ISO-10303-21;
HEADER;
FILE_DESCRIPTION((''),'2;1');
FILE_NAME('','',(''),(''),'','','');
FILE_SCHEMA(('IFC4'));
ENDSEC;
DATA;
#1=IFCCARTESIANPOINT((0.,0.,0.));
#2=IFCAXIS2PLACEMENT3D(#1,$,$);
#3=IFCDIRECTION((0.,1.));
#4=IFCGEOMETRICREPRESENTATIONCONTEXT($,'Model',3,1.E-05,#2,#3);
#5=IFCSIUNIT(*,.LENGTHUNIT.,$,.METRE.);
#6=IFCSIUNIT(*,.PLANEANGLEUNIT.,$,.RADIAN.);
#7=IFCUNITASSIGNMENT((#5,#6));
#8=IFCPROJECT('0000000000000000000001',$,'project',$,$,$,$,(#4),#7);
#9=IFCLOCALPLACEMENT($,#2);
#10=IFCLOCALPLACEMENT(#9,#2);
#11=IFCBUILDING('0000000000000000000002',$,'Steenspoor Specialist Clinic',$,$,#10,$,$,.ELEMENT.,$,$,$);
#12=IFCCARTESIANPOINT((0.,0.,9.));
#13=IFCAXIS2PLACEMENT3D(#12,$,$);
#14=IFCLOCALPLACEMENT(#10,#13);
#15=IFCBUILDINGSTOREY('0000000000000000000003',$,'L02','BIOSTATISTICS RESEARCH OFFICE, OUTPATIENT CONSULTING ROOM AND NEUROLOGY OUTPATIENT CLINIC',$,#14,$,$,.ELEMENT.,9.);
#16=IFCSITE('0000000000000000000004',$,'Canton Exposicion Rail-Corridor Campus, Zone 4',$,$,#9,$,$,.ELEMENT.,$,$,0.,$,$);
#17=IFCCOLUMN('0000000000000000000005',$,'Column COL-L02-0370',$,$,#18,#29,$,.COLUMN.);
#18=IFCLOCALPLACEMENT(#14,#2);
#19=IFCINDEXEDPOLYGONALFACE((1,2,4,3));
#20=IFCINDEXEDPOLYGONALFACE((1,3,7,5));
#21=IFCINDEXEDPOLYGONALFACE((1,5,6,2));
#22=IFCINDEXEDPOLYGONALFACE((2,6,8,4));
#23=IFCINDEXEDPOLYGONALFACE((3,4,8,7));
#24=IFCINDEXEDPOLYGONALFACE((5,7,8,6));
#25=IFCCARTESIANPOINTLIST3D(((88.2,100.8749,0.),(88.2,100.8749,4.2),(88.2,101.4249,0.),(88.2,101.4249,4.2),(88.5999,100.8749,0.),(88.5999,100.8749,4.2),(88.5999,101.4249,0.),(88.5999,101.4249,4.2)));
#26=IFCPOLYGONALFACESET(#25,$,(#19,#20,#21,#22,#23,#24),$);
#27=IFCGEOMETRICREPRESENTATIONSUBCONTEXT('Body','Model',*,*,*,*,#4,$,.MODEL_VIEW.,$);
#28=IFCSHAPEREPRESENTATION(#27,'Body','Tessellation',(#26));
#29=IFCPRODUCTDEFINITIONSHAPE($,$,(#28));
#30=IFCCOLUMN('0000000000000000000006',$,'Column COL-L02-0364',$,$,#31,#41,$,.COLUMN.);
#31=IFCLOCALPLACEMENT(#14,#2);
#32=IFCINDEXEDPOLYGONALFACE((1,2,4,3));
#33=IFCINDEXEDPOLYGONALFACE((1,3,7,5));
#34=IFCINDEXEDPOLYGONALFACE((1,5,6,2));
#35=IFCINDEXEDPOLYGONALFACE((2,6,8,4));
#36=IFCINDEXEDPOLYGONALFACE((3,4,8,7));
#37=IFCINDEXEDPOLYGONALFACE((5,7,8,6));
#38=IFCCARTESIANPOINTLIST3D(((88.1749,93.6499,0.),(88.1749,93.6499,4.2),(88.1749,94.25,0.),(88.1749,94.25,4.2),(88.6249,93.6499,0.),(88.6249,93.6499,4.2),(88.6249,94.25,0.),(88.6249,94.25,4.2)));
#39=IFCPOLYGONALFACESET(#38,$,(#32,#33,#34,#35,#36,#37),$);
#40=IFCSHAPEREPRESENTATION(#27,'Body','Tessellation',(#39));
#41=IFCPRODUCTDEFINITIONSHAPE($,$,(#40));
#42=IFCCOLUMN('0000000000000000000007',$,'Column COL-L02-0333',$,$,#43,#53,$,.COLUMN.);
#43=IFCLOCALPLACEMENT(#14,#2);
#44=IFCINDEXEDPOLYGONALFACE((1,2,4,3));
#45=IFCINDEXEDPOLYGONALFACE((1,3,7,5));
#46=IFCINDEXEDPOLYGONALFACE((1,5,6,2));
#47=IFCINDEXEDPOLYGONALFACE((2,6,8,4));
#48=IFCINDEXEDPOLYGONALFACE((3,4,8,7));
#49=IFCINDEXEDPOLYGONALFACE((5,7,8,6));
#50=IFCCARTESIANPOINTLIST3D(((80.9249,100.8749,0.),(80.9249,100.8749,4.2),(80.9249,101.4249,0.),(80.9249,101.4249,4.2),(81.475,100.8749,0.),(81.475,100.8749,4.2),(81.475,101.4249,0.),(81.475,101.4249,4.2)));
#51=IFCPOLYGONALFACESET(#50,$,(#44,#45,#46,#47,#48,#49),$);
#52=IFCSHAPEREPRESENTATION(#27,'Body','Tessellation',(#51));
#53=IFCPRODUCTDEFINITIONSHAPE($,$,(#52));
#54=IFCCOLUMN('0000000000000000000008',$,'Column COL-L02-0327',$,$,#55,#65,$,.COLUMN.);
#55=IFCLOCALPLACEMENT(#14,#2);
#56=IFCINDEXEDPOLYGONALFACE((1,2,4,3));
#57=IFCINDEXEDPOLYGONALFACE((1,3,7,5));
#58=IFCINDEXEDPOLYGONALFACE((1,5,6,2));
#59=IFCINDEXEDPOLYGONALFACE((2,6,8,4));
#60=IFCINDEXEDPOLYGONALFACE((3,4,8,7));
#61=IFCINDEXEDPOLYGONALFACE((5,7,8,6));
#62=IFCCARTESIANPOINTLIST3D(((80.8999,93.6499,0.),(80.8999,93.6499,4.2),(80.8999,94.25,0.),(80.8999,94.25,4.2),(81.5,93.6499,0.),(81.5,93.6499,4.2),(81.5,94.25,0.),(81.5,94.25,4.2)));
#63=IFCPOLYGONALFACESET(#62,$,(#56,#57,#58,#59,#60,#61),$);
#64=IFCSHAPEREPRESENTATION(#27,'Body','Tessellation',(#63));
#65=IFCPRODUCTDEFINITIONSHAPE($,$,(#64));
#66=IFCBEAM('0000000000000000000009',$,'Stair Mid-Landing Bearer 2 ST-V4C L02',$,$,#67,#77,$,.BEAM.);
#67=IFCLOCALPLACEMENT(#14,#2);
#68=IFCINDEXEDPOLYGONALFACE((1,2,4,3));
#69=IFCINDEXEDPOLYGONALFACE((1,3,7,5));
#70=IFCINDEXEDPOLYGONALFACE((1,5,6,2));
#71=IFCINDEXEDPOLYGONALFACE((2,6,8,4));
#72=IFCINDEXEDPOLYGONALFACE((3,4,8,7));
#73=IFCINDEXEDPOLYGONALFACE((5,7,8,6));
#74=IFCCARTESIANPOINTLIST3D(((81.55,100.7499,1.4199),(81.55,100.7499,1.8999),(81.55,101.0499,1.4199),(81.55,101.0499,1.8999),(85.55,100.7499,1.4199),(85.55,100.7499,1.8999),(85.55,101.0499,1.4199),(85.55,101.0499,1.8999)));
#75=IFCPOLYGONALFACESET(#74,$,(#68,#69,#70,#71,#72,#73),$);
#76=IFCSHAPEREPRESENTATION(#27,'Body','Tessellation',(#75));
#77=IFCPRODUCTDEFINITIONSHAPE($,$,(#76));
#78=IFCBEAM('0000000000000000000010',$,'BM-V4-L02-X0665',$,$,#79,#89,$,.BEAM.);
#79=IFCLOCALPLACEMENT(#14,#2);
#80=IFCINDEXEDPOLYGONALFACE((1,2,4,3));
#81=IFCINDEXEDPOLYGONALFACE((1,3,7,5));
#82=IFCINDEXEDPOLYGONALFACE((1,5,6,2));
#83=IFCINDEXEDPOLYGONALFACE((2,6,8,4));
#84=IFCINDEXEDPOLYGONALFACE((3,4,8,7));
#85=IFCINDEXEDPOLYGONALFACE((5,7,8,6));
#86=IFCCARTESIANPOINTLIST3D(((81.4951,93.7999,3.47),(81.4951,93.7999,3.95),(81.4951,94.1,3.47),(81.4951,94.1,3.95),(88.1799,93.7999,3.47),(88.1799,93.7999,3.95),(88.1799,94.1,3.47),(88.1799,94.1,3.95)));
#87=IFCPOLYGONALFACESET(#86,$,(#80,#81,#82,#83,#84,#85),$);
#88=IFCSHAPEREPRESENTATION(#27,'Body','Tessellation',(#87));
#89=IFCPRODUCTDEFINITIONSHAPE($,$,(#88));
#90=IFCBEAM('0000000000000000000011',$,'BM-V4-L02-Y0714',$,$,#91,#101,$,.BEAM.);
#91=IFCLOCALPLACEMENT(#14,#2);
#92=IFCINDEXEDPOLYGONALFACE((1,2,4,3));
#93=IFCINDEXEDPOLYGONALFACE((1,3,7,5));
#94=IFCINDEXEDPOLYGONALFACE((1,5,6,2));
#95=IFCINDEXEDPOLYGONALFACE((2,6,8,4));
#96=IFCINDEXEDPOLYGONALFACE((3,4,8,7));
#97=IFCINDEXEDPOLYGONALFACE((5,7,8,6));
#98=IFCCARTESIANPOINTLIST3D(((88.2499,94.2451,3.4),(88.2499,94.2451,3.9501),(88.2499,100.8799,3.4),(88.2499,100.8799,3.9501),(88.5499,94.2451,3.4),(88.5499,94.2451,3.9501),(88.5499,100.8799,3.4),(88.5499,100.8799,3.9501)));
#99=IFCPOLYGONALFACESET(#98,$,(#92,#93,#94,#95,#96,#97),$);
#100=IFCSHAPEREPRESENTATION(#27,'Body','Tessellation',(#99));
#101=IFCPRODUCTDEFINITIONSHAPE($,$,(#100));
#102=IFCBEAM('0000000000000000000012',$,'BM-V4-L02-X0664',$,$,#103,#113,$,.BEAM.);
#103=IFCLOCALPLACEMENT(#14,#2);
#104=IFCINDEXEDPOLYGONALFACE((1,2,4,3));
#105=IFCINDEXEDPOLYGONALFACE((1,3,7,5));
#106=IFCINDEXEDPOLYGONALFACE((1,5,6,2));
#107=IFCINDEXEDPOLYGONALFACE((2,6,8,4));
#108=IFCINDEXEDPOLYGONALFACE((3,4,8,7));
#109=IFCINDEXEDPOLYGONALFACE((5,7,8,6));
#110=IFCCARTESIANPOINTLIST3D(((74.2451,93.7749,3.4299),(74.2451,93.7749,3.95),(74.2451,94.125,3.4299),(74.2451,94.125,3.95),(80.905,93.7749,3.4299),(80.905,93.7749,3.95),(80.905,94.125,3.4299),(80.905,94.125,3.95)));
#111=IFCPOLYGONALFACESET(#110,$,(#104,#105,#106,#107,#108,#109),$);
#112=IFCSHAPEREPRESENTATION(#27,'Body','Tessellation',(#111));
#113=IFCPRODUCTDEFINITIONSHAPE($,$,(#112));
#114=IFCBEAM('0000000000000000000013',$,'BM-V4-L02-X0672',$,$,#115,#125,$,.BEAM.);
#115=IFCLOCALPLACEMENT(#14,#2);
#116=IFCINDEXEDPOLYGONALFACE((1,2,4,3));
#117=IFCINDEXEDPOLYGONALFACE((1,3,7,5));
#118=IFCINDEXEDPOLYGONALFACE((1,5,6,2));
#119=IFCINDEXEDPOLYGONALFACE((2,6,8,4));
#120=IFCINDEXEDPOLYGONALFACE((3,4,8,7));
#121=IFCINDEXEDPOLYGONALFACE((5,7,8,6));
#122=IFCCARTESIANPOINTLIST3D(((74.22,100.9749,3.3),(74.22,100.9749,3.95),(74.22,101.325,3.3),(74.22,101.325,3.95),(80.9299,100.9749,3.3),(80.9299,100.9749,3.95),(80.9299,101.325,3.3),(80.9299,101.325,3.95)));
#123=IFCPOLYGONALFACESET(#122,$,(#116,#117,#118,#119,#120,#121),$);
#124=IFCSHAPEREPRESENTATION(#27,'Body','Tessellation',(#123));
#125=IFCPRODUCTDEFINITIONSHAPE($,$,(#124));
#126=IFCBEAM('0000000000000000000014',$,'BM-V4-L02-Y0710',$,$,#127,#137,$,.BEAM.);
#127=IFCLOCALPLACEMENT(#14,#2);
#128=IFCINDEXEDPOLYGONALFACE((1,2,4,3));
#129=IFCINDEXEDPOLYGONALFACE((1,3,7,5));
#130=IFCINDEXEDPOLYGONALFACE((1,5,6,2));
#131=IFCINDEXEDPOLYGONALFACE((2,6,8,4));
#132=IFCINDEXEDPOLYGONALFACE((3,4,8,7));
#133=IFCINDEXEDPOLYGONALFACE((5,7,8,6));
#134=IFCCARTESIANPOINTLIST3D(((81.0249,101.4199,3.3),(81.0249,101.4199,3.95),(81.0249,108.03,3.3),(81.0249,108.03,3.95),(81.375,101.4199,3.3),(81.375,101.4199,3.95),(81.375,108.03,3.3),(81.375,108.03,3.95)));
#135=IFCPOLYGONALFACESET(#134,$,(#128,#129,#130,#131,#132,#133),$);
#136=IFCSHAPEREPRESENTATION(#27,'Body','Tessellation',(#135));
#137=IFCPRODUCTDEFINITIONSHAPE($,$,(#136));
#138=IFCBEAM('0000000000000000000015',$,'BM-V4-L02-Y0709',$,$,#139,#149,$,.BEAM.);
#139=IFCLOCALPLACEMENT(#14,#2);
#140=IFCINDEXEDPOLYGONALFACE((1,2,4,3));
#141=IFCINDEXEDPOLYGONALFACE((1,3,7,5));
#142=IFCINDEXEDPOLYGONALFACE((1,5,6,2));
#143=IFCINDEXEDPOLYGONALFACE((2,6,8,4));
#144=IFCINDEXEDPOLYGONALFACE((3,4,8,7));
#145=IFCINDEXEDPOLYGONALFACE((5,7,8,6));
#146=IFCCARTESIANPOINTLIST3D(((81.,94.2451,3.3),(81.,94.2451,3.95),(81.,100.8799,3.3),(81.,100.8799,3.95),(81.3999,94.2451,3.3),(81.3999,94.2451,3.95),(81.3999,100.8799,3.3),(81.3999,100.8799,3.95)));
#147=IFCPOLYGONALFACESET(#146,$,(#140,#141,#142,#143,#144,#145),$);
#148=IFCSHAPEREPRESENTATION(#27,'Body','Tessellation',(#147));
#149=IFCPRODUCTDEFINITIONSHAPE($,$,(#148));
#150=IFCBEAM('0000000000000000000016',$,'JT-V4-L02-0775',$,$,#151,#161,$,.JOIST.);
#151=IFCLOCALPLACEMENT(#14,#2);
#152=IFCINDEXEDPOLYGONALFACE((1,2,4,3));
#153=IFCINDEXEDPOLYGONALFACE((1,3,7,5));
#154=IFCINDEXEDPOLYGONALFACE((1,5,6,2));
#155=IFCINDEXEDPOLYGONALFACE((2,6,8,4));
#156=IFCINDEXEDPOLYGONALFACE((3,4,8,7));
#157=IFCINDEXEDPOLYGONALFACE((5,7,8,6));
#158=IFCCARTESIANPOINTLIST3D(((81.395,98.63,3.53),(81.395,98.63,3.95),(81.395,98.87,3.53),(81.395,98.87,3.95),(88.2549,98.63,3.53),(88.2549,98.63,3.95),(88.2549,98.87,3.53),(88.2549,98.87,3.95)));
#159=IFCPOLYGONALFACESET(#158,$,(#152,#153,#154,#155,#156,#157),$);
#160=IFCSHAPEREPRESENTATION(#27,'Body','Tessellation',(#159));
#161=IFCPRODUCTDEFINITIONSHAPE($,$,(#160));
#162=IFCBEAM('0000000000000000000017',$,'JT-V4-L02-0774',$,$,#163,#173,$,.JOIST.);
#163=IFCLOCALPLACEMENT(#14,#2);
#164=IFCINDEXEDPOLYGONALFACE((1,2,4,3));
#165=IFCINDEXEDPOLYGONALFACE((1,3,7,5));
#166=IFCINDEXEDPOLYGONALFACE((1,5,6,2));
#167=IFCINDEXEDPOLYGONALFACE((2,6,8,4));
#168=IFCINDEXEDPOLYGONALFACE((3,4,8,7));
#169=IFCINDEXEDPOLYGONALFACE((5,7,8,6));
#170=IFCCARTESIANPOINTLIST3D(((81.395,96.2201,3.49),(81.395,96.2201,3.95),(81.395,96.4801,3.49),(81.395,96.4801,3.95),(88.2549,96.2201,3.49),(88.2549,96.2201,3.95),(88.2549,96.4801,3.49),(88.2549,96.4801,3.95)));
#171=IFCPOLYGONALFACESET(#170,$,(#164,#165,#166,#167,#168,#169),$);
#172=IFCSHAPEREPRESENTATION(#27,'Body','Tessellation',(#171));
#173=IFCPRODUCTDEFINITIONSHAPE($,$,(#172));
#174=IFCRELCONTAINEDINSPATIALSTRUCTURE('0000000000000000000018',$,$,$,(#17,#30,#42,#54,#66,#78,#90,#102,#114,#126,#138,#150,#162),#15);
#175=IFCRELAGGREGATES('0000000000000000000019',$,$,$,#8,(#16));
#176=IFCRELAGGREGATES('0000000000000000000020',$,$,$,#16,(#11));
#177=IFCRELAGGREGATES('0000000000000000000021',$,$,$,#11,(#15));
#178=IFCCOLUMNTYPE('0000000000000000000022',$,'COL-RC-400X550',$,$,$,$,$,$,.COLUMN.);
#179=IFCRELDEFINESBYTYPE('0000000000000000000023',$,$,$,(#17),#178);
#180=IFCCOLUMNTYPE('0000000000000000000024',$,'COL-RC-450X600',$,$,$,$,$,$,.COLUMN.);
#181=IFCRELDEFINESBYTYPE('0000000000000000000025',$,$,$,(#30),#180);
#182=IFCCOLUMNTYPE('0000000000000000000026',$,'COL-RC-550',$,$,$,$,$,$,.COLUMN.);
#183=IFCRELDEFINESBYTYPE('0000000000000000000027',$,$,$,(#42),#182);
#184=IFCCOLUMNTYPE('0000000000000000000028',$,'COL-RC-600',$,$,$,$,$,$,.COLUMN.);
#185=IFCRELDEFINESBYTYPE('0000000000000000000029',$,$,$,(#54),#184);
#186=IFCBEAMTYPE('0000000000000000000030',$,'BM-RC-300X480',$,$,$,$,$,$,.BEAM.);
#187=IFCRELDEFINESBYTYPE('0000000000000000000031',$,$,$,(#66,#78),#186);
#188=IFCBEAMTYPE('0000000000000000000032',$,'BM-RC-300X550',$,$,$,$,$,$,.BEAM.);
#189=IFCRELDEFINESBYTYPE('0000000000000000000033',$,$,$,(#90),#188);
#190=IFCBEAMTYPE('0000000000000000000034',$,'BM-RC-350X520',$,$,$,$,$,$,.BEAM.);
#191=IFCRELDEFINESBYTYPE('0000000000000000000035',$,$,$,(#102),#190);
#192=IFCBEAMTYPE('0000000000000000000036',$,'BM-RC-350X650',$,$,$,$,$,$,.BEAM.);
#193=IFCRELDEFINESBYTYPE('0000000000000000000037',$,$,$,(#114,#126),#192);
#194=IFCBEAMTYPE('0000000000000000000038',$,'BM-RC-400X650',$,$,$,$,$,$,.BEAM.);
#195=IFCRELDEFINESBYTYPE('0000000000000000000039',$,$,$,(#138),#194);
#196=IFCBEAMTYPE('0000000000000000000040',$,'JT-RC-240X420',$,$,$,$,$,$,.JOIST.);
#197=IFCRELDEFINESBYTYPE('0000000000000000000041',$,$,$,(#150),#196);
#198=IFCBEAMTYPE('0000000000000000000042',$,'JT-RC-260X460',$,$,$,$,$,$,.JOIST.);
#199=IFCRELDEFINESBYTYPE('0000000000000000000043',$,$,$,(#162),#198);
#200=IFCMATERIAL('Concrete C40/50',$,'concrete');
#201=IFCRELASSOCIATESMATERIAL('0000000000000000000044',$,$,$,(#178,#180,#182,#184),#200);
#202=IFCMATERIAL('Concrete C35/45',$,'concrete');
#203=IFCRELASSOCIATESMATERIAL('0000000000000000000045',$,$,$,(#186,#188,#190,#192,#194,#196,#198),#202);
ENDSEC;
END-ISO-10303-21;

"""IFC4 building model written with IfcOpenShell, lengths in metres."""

from ifc_helpers import new_model, si_unit, direction, frame, origin, origin_2d, place, context, subcontext, project, spatial, rectangle, extrude, material, material_profile, profile_set, type_object, element, save


model = new_model("IFC4")

# Units and contexts
model_context = context("Model", 3, precision=1e-05, world=origin(), true_north=direction((0.0, 1.0)))
body_context = subcontext(model_context, "Body", "Model", "MODEL_VIEW")
ifc_project = project(units=[si_unit("LENGTHUNIT", "METRE"), si_unit("PLANEANGLEUNIT", "RADIAN")], contexts=[model_context])

# Site, building, storey
site_placement = place(None, origin())
site = spatial("IfcSite", under=ifc_project, at=site_placement, Name="Canton Exposicion Rail-Corridor Campus, Zone 4", CompositionType="ELEMENT", RefElevation=0.0)
building_placement = place(site_placement, origin())
building = spatial("IfcBuilding", under=site, at=building_placement, Name="Steenspoor Specialist Clinic", CompositionType="ELEMENT")
storey_placement = place(building_placement, frame((0.0, 0.0, 9.0)))
storey = spatial("IfcBuildingStorey", under=building, at=storey_placement, Name="L02", Description="BIOSTATISTICS RESEARCH OFFICE, OUTPATIENT CONSULTING ROOM AND NEUROLOGY OUTPATIENT CLINIC", CompositionType="ELEMENT", Elevation=9.0)

# Columns
ifc_material_1 = material(Name="Concrete C40/50", Category="concrete")
ifc_material_profile_1 = material_profile(ifc_material_1, rectangle(XDim=0.3999, YDim=0.55, at=origin_2d()), Name="RC-COL-400X550")
ifc_profile_set_1 = profile_set([ifc_material_profile_1], Name="Concrete C40/50")
column_type_1 = type_object("IfcColumnType", Name="COL-RC-400X550", PredefinedType="COLUMN", material=ifc_profile_set_1)
column_1_placement = place(storey_placement, frame((88.3999, 101.1499, 0.0), z_axis=(0.0, 0.0, 1.0), x_axis=(1.0, 0.0, 0.0)))
element("IfcColumn", 1, at=column_1_placement, inside=storey, type_object=column_type_1, Name="Column COL-L02-0370", PredefinedType="COLUMN", context=body_context, shape_type="SweptSolid", body=[
    extrude(rectangle(XDim=0.3999, YDim=0.55, at=origin_2d()), origin(), (0.0, 0.0, 1.0), 4.2),
])
ifc_material_profile_2 = material_profile(ifc_material_1, rectangle(XDim=0.45, YDim=0.6001, at=origin_2d()), Name="RC-COL-450X600")
ifc_profile_set_2 = profile_set([ifc_material_profile_2], Name="Concrete C40/50")
column_type_2 = type_object("IfcColumnType", Name="COL-RC-450X600", PredefinedType="COLUMN", material=ifc_profile_set_2)
column_2_placement = place(storey_placement, frame((88.3999, 93.95, 0.0), z_axis=(0.0, 0.0, 1.0), x_axis=(1.0, 0.0, 0.0)))
element("IfcColumn", 2, at=column_2_placement, inside=storey, type_object=column_type_2, Name="Column COL-L02-0364", PredefinedType="COLUMN", context=body_context, shape_type="SweptSolid", body=[
    extrude(rectangle(XDim=0.45, YDim=0.6001, at=origin_2d()), origin(), (0.0, 0.0, 1.0), 4.2),
])
ifc_material_profile_3 = material_profile(ifc_material_1, rectangle(XDim=0.55, YDim=0.55, at=origin_2d()), Name="RC-COL-550X550")
ifc_profile_set_3 = profile_set([ifc_material_profile_3], Name="Concrete C40/50")
column_type_3 = type_object("IfcColumnType", Name="COL-RC-550", PredefinedType="COLUMN", material=ifc_profile_set_3)
column_3_placement = place(storey_placement, frame((81.2, 101.1499, 0.0), z_axis=(0.0, 0.0, 1.0), x_axis=(1.0, 0.0, 0.0)))
element("IfcColumn", 3, at=column_3_placement, inside=storey, type_object=column_type_3, Name="Column COL-L02-0333", PredefinedType="COLUMN", context=body_context, shape_type="SweptSolid", body=[
    extrude(rectangle(XDim=0.55, YDim=0.55, at=origin_2d()), origin(), (0.0, 0.0, 1.0), 4.2),
])
ifc_material_profile_4 = material_profile(ifc_material_1, rectangle(XDim=0.6001, YDim=0.6001, at=origin_2d()), Name="RC-COL-600X600")
ifc_profile_set_4 = profile_set([ifc_material_profile_4], Name="Concrete C40/50")
column_type_4 = type_object("IfcColumnType", Name="COL-RC-600", PredefinedType="COLUMN", material=ifc_profile_set_4)
column_4_placement = place(storey_placement, frame((81.2, 93.95, 0.0), z_axis=(0.0, 0.0, 1.0), x_axis=(1.0, 0.0, 0.0)))
element("IfcColumn", 4, at=column_4_placement, inside=storey, type_object=column_type_4, Name="Column COL-L02-0327", PredefinedType="COLUMN", context=body_context, shape_type="SweptSolid", body=[
    extrude(rectangle(XDim=0.6001, YDim=0.6001, at=origin_2d()), origin(), (0.0, 0.0, 1.0), 4.2),
])

# Beams
ifc_material_2 = material(Name="Concrete C35/45", Category="concrete")
ifc_material_profile_5 = material_profile(ifc_material_2, rectangle(XDim=0.3, YDim=0.48, at=origin_2d()), Name="RC-BM-300X480")
ifc_profile_set_5 = profile_set([ifc_material_profile_5], Name="Concrete C35/45")
beam_type_1 = type_object("IfcBeamType", Name="BM-RC-300X480", PredefinedType="BEAM", material=ifc_profile_set_5)
beam_1_placement = place(storey_placement, frame((81.55, 100.8999, 1.6599), z_axis=(1.0, 0.0, 0.0), x_axis=(0.0, 1.0, 0.0)))
element("IfcBeam", 5, at=beam_1_placement, inside=storey, type_object=beam_type_1, Name="Stair Mid-Landing Bearer 2 ST-V4C L02", PredefinedType="BEAM", context=body_context, shape_type="SweptSolid", body=[
    extrude(rectangle(XDim=0.3, YDim=0.48, at=origin_2d()), origin(), (0.0, 0.0, 1.0), 4.0),
])
beam_2_placement = place(storey_placement, frame((81.4951, 93.95, 3.71), z_axis=(1.0, 0.0, 0.0), x_axis=(0.0, 1.0, 0.0)))
element("IfcBeam", 6, at=beam_2_placement, inside=storey, type_object=beam_type_1, Name="BM-V4-L02-X0665", PredefinedType="BEAM", context=body_context, shape_type="SweptSolid", body=[
    extrude(rectangle(XDim=0.3, YDim=0.48, at=origin_2d()), origin(), (0.0, 0.0, 1.0), 6.6848),
])
ifc_material_profile_6 = material_profile(ifc_material_2, rectangle(XDim=0.3, YDim=0.55, at=origin_2d()), Name="RC-BM-300X550")
ifc_profile_set_6 = profile_set([ifc_material_profile_6], Name="Concrete C35/45")
beam_type_2 = type_object("IfcBeamType", Name="BM-RC-300X550", PredefinedType="BEAM", material=ifc_profile_set_6)
beam_3_placement = place(storey_placement, frame((88.3999, 94.2451, 3.675), z_axis=(0.0, 1.0, 0.0), x_axis=(-1.0, 0.0, 0.0)))
element("IfcBeam", 7, at=beam_3_placement, inside=storey, type_object=beam_type_2, Name="BM-V4-L02-Y0714", PredefinedType="BEAM", context=body_context, shape_type="SweptSolid", body=[
    extrude(rectangle(XDim=0.3, YDim=0.55, at=origin_2d()), origin(), (0.0, 0.0, 1.0), 6.6348),
])
ifc_material_profile_7 = material_profile(ifc_material_2, rectangle(XDim=0.3501, YDim=0.52, at=origin_2d()), Name="RC-BM-350X520")
ifc_profile_set_7 = profile_set([ifc_material_profile_7], Name="Concrete C35/45")
beam_type_3 = type_object("IfcBeamType", Name="BM-RC-350X520", PredefinedType="BEAM", material=ifc_profile_set_7)
beam_4_placement = place(storey_placement, frame((74.2451, 93.95, 3.6899), z_axis=(1.0, 0.0, 0.0), x_axis=(0.0, 1.0, 0.0)))
element("IfcBeam", 8, at=beam_4_placement, inside=storey, type_object=beam_type_3, Name="BM-V4-L02-X0664", PredefinedType="BEAM", context=body_context, shape_type="SweptSolid", body=[
    extrude(rectangle(XDim=0.3501, YDim=0.52, at=origin_2d()), origin(), (0.0, 0.0, 1.0), 6.6599),
])
ifc_material_profile_8 = material_profile(ifc_material_2, rectangle(XDim=0.3501, YDim=0.6499, at=origin_2d()), Name="RC-BM-350X650")
ifc_profile_set_8 = profile_set([ifc_material_profile_8], Name="Concrete C35/45")
beam_type_4 = type_object("IfcBeamType", Name="BM-RC-350X650", PredefinedType="BEAM", material=ifc_profile_set_8)
beam_5_placement = place(storey_placement, frame((74.22, 101.1499, 3.625), z_axis=(1.0, 0.0, 0.0), x_axis=(0.0, 1.0, 0.0)))
element("IfcBeam", 9, at=beam_5_placement, inside=storey, type_object=beam_type_4, Name="BM-V4-L02-X0672", PredefinedType="BEAM", context=body_context, shape_type="SweptSolid", body=[
    extrude(rectangle(XDim=0.3501, YDim=0.6499, at=origin_2d()), origin(), (0.0, 0.0, 1.0), 6.71),
])
beam_6_placement = place(storey_placement, frame((81.2, 101.4199, 3.625), z_axis=(0.0, 1.0, 0.0), x_axis=(-1.0, 0.0, 0.0)))
element("IfcBeam", 10, at=beam_6_placement, inside=storey, type_object=beam_type_4, Name="BM-V4-L02-Y0710", PredefinedType="BEAM", context=body_context, shape_type="SweptSolid", body=[
    extrude(rectangle(XDim=0.3501, YDim=0.6499, at=origin_2d()), origin(), (0.0, 0.0, 1.0), 6.6101),
])
ifc_material_profile_9 = material_profile(ifc_material_2, rectangle(XDim=0.3999, YDim=0.6499, at=origin_2d()), Name="RC-BM-400X650")
ifc_profile_set_9 = profile_set([ifc_material_profile_9], Name="Concrete C35/45")
beam_type_5 = type_object("IfcBeamType", Name="BM-RC-400X650", PredefinedType="BEAM", material=ifc_profile_set_9)
beam_7_placement = place(storey_placement, frame((81.2, 94.2451, 3.625), z_axis=(0.0, 1.0, 0.0), x_axis=(-1.0, 0.0, 0.0)))
element("IfcBeam", 11, at=beam_7_placement, inside=storey, type_object=beam_type_5, Name="BM-V4-L02-Y0709", PredefinedType="BEAM", context=body_context, shape_type="SweptSolid", body=[
    extrude(rectangle(XDim=0.3999, YDim=0.6499, at=origin_2d()), origin(), (0.0, 0.0, 1.0), 6.6348),
])
ifc_material_profile_10 = material_profile(ifc_material_2, rectangle(XDim=0.24, YDim=0.4199, at=origin_2d()), Name="RC-JT-240X420")
ifc_profile_set_10 = profile_set([ifc_material_profile_10], Name="Concrete C35/45")
beam_type_6 = type_object("IfcBeamType", Name="JT-RC-240X420", PredefinedType="JOIST", material=ifc_profile_set_10)
beam_8_placement = place(storey_placement, frame((81.395, 98.75, 3.74), z_axis=(1.0, 0.0, 0.0), x_axis=(0.0, 1.0, 0.0)))
element("IfcBeam", 12, at=beam_8_placement, inside=storey, type_object=beam_type_6, Name="JT-V4-L02-0775", PredefinedType="JOIST", context=body_context, shape_type="SweptSolid", body=[
    extrude(rectangle(XDim=0.24, YDim=0.4199, at=origin_2d()), origin(), (0.0, 0.0, 1.0), 6.8599),
])
ifc_material_profile_11 = material_profile(ifc_material_2, rectangle(XDim=0.26, YDim=0.46, at=origin_2d()), Name="RC-JT-260X460")
ifc_profile_set_11 = profile_set([ifc_material_profile_11], Name="Concrete C35/45")
beam_type_7 = type_object("IfcBeamType", Name="JT-RC-260X460", PredefinedType="JOIST", material=ifc_profile_set_11)
beam_9_placement = place(storey_placement, frame((81.395, 96.3501, 3.72), z_axis=(1.0, 0.0, 0.0), x_axis=(0.0, 1.0, 0.0)))
element("IfcBeam", 13, at=beam_9_placement, inside=storey, type_object=beam_type_7, Name="JT-V4-L02-0774", PredefinedType="JOIST", context=body_context, shape_type="SweptSolid", body=[
    extrude(rectangle(XDim=0.26, YDim=0.46, at=origin_2d()), origin(), (0.0, 0.0, 1.0), 6.8599),
])

save(model, "model.ifc")
